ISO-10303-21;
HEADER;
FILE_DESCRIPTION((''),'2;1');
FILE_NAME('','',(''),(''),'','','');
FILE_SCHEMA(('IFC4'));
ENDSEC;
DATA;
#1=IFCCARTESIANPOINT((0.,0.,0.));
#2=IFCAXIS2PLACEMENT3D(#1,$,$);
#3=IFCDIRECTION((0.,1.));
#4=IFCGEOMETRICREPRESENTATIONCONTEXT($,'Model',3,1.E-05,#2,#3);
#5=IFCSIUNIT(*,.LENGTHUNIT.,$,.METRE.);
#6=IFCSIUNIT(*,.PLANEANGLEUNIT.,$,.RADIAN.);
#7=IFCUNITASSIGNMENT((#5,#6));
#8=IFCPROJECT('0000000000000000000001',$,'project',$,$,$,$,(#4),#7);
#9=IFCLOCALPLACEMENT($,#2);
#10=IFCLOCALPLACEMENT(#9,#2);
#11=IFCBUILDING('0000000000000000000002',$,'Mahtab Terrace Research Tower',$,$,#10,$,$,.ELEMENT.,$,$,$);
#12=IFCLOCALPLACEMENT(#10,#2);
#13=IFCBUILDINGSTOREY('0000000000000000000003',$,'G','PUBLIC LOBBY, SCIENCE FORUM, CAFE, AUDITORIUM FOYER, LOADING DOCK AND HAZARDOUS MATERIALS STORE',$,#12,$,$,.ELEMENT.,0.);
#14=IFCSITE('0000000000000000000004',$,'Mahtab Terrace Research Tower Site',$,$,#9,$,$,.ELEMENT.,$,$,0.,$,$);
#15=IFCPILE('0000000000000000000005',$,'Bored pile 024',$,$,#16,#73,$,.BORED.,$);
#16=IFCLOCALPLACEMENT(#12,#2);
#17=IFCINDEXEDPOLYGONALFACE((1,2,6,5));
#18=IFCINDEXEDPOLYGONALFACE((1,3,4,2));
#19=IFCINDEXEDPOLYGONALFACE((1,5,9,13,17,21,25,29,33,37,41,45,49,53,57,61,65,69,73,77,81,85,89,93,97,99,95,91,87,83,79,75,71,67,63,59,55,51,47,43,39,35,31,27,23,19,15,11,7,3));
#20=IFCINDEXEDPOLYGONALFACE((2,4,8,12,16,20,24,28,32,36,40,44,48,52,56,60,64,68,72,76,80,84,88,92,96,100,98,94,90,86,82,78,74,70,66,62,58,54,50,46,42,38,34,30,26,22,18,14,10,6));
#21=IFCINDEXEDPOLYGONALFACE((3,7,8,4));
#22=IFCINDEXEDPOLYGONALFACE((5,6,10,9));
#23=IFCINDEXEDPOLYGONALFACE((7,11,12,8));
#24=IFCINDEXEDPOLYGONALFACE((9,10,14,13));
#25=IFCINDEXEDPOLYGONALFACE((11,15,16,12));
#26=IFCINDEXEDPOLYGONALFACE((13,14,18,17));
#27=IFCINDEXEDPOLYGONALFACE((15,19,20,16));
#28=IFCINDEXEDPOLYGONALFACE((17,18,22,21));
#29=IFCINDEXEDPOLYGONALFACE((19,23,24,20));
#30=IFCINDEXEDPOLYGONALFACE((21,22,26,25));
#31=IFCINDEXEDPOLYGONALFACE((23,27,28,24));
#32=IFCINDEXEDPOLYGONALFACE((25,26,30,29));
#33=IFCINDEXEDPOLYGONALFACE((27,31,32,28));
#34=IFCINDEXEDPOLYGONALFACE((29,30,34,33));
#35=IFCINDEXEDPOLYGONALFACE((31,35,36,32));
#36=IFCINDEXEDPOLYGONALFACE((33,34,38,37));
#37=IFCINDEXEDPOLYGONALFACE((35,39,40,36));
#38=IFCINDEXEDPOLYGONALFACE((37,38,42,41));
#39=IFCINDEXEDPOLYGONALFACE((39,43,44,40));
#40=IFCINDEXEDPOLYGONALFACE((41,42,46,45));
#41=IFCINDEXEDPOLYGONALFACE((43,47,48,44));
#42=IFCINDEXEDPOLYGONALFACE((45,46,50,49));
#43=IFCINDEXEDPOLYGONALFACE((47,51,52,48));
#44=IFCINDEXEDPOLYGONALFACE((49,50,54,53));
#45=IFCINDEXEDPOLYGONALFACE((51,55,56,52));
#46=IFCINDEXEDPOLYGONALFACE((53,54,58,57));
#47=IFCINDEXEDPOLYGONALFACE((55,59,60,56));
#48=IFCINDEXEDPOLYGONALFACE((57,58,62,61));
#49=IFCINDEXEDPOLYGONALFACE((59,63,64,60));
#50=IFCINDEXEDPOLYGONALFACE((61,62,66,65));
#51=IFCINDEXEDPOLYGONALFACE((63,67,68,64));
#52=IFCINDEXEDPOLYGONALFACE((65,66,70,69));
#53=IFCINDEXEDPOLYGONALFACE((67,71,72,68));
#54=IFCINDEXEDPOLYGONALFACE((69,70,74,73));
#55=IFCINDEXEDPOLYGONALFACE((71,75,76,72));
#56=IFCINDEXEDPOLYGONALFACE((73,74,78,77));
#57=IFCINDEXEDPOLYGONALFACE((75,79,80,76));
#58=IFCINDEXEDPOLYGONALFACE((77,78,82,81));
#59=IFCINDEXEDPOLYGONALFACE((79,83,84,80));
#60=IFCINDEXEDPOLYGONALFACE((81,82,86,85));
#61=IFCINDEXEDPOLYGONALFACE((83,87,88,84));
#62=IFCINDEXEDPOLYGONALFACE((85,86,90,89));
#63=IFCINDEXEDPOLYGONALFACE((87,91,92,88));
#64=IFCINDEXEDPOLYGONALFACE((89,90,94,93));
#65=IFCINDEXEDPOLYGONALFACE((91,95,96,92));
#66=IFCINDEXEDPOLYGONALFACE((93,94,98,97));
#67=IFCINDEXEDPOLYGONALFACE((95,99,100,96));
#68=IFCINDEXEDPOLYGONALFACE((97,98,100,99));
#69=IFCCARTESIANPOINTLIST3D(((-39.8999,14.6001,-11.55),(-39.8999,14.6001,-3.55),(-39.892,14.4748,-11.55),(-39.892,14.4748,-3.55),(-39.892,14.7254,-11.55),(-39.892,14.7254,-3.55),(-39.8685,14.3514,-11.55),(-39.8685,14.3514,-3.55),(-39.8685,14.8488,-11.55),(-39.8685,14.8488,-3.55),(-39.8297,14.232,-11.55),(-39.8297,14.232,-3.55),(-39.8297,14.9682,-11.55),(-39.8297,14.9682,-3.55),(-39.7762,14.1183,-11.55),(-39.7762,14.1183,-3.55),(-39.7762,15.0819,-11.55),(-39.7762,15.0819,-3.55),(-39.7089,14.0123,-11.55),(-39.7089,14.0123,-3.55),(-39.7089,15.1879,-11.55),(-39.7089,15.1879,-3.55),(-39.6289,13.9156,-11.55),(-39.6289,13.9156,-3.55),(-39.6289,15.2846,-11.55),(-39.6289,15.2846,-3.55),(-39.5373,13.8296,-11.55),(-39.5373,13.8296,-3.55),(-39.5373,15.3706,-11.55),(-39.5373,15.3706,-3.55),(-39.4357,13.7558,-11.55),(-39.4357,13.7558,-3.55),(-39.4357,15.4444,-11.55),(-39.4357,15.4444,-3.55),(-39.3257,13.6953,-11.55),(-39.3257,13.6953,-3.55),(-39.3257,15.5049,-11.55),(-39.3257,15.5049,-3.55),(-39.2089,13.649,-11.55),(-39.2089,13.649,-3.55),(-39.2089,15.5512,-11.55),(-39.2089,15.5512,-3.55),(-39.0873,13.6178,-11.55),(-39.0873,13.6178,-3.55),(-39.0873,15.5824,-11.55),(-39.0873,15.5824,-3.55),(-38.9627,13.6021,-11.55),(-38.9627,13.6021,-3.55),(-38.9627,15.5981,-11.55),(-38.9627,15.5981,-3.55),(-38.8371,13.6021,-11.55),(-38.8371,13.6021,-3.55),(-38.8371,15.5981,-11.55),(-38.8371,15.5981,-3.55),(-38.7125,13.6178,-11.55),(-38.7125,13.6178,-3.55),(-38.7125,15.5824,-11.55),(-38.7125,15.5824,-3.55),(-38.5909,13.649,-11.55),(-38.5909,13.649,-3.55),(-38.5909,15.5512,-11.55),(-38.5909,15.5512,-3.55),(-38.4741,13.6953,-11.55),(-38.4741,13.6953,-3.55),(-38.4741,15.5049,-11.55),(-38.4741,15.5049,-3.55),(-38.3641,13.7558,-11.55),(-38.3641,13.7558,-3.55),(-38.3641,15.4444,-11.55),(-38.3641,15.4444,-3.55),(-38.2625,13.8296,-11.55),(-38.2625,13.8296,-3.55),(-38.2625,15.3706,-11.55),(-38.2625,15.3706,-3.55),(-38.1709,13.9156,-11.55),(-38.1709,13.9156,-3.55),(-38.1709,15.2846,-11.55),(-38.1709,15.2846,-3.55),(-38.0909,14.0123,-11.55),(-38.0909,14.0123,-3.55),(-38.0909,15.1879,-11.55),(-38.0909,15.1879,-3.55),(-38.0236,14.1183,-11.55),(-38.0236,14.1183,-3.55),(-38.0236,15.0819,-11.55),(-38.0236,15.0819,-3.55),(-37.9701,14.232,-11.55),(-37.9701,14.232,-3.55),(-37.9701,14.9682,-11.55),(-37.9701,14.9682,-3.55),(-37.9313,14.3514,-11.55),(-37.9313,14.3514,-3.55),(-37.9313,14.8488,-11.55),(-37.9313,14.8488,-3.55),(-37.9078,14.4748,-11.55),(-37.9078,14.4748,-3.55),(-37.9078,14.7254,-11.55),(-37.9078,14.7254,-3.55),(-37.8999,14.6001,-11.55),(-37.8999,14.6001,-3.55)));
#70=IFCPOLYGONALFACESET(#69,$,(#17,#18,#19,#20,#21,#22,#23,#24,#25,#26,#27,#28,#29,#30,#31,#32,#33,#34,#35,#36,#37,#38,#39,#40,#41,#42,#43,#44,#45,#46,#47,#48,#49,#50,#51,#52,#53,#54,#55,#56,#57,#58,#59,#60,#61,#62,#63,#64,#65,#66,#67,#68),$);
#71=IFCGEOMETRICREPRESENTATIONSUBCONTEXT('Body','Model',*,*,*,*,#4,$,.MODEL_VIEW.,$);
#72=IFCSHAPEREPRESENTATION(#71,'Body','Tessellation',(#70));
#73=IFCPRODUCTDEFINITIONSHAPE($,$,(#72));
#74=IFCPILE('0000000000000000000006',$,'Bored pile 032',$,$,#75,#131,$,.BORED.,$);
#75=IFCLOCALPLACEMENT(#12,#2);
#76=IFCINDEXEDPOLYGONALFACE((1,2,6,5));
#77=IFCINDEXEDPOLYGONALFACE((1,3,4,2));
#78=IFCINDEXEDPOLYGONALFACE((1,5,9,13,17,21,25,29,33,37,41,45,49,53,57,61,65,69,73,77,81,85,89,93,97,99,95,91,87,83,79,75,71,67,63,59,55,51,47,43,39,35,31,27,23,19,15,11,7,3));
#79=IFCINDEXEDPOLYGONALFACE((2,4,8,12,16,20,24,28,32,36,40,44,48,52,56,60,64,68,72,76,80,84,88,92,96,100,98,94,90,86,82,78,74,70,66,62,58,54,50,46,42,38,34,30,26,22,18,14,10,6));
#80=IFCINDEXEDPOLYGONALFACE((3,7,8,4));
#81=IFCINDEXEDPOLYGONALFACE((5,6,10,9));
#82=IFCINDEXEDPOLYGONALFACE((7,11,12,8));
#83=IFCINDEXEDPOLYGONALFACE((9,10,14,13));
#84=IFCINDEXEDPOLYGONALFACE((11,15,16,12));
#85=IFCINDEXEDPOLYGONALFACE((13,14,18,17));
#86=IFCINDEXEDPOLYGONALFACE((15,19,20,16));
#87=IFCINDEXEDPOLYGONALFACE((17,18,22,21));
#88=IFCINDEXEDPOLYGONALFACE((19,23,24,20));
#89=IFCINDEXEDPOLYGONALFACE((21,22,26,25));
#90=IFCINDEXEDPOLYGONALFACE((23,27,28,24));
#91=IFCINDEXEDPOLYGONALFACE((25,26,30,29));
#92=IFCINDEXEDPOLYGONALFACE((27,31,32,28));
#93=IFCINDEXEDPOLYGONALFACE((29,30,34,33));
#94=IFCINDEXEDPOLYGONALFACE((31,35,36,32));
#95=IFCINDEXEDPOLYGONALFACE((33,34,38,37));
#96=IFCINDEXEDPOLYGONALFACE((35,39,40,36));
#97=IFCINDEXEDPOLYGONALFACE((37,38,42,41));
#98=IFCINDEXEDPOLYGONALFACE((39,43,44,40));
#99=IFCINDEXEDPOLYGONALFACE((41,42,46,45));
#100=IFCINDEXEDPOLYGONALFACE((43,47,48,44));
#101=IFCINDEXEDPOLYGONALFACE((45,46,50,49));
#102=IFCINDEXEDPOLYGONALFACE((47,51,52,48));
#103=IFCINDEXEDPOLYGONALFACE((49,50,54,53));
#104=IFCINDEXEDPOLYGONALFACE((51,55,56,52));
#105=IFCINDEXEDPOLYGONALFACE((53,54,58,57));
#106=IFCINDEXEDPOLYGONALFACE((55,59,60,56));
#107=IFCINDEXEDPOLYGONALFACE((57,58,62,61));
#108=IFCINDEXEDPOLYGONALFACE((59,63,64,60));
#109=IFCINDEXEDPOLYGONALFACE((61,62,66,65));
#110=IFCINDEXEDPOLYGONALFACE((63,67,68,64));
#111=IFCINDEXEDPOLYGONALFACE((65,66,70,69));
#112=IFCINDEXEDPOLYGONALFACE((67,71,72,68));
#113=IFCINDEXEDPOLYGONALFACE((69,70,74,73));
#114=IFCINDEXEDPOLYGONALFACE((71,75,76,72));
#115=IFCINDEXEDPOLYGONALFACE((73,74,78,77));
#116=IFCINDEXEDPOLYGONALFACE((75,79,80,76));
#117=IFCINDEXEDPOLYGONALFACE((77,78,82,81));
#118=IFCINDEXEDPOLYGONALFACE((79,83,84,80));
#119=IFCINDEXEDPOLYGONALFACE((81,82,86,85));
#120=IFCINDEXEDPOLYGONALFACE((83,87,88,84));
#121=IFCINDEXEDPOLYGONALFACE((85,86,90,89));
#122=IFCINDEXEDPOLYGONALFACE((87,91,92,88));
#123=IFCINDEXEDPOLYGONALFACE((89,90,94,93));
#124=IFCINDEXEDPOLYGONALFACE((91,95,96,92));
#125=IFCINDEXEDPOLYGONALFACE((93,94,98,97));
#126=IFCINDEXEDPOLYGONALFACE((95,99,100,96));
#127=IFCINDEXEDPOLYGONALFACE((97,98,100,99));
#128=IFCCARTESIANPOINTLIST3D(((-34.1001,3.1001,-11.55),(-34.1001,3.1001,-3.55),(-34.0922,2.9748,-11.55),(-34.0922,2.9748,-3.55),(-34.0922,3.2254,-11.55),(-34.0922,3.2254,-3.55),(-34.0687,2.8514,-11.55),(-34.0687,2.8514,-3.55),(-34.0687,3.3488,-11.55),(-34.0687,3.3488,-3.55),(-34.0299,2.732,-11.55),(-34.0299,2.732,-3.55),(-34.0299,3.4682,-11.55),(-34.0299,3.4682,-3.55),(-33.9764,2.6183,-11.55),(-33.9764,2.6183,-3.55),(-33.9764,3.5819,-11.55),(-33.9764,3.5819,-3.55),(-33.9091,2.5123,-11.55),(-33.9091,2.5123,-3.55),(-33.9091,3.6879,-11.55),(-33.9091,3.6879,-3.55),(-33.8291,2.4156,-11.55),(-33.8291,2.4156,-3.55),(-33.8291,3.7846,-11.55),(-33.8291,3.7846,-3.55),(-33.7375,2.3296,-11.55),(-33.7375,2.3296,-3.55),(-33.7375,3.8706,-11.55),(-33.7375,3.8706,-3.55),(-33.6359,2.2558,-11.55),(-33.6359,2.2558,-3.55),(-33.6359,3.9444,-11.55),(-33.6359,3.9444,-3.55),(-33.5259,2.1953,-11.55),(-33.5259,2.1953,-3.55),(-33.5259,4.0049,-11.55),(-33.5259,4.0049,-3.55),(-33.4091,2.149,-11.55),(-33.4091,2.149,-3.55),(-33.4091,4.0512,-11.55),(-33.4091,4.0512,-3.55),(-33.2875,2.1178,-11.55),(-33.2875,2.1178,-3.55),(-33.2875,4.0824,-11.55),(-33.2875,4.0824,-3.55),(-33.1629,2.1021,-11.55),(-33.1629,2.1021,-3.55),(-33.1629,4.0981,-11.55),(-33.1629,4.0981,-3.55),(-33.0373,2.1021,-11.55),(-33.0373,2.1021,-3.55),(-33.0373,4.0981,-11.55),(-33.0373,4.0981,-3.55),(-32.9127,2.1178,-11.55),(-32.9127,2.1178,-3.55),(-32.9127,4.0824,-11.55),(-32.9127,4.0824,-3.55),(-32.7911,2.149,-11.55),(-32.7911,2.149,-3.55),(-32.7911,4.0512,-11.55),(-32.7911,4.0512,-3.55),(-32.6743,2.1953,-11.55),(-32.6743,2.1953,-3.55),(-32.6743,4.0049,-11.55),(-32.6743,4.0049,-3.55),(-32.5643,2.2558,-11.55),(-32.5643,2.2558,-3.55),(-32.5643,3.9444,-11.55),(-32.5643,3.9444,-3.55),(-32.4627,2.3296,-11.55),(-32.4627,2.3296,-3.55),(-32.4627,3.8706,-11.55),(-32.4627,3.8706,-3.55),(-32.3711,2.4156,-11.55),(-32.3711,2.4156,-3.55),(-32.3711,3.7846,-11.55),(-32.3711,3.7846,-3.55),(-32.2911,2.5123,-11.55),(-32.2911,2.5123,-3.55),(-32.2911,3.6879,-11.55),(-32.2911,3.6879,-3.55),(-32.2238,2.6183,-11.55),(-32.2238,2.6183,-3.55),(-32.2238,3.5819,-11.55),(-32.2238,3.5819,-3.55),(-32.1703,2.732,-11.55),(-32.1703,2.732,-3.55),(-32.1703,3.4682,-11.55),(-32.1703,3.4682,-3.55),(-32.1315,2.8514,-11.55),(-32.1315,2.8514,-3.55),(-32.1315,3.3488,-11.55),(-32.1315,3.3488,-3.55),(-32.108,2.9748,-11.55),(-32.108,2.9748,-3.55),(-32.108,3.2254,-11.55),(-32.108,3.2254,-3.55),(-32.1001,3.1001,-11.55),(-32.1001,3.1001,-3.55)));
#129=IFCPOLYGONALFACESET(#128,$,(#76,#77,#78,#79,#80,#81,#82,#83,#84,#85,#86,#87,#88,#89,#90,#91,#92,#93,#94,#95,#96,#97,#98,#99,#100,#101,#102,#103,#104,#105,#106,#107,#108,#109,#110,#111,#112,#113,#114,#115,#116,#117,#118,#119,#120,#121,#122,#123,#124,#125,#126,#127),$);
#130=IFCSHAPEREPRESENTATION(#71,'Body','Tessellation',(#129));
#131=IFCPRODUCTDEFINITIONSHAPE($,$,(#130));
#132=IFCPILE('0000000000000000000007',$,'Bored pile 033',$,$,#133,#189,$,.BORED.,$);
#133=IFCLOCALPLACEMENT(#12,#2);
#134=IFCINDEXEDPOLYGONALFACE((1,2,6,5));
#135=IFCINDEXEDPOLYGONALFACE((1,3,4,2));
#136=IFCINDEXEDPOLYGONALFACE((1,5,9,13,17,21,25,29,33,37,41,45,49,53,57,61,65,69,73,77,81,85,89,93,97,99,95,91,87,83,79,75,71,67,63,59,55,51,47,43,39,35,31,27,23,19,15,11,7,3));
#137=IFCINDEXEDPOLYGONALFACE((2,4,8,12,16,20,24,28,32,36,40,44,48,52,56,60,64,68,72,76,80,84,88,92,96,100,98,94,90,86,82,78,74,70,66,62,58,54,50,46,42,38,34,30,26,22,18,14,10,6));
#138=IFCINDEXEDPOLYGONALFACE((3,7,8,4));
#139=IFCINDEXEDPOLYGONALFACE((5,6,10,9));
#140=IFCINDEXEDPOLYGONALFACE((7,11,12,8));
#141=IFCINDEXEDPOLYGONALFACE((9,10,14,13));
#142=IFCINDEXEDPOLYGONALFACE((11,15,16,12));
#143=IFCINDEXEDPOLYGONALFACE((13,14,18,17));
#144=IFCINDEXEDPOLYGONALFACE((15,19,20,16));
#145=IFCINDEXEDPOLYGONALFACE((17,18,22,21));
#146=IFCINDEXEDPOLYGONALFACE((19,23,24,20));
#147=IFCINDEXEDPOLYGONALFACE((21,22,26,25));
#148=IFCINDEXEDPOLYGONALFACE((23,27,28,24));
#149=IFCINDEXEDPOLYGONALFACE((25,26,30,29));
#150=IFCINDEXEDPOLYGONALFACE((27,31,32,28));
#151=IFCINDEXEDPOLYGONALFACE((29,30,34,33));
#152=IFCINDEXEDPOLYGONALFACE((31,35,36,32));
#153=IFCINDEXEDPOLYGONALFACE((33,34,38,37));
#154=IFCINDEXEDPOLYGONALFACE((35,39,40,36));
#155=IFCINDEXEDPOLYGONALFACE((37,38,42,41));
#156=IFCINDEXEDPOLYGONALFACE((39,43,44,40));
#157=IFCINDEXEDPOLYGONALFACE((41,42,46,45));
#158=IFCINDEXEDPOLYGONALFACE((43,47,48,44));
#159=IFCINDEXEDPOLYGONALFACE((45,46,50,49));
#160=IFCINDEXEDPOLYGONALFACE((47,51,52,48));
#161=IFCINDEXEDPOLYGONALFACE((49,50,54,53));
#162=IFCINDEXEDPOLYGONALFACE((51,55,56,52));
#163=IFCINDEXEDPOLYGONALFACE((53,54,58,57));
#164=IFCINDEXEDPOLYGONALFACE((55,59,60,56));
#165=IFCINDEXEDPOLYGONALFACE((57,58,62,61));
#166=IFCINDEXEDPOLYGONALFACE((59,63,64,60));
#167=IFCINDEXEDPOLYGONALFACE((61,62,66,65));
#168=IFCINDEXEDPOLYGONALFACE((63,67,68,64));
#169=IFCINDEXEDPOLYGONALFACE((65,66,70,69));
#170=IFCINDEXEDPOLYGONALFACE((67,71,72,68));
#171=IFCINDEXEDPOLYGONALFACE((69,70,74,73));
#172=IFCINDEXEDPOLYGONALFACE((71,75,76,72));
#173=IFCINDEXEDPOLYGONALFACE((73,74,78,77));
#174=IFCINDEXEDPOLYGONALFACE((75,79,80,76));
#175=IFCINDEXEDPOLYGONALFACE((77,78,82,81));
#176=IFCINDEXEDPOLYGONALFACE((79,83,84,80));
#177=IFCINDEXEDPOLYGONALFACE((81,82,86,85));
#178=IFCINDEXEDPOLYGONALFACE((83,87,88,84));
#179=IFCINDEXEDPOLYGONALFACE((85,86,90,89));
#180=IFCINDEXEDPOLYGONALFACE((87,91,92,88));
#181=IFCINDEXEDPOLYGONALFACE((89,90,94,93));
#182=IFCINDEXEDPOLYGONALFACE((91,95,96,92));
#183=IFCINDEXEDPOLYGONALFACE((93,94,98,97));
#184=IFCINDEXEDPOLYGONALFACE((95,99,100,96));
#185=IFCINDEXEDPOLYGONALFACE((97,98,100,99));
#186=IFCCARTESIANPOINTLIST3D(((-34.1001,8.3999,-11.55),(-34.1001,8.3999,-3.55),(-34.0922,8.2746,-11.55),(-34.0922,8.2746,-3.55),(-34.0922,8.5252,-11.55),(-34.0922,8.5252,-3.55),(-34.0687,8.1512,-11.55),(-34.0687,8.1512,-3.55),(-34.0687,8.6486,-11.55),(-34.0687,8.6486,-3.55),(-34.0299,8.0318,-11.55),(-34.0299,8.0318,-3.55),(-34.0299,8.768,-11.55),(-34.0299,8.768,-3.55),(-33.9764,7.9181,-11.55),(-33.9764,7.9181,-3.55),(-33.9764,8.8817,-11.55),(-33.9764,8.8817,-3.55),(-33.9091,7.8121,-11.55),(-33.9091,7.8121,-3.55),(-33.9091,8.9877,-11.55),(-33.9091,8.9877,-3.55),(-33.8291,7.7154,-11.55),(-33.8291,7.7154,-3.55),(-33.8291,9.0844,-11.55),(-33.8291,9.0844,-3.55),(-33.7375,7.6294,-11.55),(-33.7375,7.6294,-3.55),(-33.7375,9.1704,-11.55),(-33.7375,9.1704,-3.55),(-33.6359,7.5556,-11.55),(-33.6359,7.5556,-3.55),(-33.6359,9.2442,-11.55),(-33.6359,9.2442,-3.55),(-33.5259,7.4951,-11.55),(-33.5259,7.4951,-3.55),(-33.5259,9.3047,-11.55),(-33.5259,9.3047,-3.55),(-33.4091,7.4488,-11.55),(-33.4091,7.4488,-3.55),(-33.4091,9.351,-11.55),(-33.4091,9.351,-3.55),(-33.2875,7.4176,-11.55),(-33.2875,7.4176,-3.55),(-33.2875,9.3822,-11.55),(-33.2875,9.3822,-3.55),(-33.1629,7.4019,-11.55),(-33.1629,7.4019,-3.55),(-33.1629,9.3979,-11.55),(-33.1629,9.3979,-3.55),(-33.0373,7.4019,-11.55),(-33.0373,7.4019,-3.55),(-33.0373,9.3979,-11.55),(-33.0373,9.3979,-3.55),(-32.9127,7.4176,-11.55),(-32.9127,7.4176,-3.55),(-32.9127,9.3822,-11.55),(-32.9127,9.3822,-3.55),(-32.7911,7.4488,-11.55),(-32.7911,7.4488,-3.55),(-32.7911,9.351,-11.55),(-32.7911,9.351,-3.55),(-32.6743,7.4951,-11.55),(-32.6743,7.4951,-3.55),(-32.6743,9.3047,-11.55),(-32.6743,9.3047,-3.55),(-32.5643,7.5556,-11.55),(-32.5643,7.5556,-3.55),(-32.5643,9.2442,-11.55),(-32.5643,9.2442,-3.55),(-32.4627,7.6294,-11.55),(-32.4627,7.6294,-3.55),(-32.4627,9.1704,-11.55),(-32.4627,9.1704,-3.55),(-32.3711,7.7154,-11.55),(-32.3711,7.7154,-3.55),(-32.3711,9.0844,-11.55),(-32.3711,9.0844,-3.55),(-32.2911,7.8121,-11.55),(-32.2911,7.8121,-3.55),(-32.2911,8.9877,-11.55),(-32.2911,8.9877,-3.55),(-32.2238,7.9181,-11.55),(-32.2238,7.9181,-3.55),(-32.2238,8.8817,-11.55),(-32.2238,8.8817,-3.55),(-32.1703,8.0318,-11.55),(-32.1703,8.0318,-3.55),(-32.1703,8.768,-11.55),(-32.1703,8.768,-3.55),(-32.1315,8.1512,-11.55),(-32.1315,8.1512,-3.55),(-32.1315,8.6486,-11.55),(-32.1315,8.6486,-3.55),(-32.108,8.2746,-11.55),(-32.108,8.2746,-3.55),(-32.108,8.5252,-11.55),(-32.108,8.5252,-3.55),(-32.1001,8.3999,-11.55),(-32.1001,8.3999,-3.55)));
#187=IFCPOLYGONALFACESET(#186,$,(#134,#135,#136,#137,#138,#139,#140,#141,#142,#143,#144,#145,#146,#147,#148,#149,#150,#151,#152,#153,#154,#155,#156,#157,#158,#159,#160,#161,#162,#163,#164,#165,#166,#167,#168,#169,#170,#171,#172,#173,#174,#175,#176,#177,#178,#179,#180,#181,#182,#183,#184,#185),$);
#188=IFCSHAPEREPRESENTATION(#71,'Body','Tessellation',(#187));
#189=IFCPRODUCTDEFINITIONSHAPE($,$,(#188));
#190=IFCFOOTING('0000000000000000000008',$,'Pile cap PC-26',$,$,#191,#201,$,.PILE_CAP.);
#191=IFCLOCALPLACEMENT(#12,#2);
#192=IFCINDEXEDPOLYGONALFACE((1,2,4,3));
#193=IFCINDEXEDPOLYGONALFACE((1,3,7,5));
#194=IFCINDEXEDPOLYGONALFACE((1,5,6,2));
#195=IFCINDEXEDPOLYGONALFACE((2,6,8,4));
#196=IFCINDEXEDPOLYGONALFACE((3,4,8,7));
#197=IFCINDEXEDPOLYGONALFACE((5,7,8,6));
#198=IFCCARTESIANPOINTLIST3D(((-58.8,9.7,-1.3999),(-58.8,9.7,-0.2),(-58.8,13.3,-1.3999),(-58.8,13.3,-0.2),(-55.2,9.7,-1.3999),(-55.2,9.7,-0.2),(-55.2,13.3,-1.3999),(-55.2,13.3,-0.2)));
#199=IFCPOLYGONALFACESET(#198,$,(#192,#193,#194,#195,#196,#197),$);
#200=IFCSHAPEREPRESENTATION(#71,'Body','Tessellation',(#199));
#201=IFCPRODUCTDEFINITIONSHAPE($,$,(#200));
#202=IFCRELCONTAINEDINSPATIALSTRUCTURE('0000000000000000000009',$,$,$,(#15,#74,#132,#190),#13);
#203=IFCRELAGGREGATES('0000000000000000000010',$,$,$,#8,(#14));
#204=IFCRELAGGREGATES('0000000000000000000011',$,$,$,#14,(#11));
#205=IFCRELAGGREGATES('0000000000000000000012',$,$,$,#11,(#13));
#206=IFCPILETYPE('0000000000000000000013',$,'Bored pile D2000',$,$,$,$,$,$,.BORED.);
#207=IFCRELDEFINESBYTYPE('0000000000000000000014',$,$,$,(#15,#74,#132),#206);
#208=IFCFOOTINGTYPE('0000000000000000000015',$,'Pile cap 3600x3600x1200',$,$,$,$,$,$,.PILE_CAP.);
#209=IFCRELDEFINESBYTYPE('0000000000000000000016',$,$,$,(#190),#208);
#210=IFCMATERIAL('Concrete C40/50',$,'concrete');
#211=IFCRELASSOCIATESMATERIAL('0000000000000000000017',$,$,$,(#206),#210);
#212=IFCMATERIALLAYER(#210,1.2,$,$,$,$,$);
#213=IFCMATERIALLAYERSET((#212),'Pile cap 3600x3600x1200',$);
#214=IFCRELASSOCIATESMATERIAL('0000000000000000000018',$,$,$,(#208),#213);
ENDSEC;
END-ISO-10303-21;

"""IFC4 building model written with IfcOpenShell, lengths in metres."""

from ifc_helpers import new_model, si_unit, direction, frame, origin, origin_2d, place, context, subcontext, project, spatial, rectangle, circle, extrude, material, layer, layer_set, material_profile, profile_set, type_object, element, save


model = new_model("IFC4")

# Units and contexts
model_context = context("Model", 3, precision=1e-05, world=origin(), true_north=direction((0.0, 1.0)))
body_context = subcontext(model_context, "Body", "Model", "MODEL_VIEW")
ifc_project = project(units=[si_unit("LENGTHUNIT", "METRE"), si_unit("PLANEANGLEUNIT", "RADIAN")], contexts=[model_context])

# Site, building, storey
site_placement = place(None, origin())
site = spatial("IfcSite", under=ifc_project, at=site_placement, Name="Mahtab Terrace Research Tower Site", CompositionType="ELEMENT", RefElevation=0.0)
building_placement = place(site_placement, origin())
building = spatial("IfcBuilding", under=site, at=building_placement, Name="Mahtab Terrace Research Tower", CompositionType="ELEMENT")
storey_placement = place(building_placement, origin())
storey = spatial("IfcBuildingStorey", under=building, at=storey_placement, Name="G", Description="PUBLIC LOBBY, SCIENCE FORUM, CAFE, AUDITORIUM FOYER, LOADING DOCK AND HAZARDOUS MATERIALS STORE", CompositionType="ELEMENT", Elevation=0.0)

# Piles
ifc_material_1 = material(Name="Concrete C40/50", Category="concrete")
ifc_material_profile_1 = material_profile(ifc_material_1, circle(Radius=1.0, at=origin_2d()), Name="Bored pile D2000")
ifc_profile_set_1 = profile_set([ifc_material_profile_1], Name="Concrete C40/50")
pile_type_1 = type_object("IfcPileType", Name="Bored pile D2000", PredefinedType="BORED", material=ifc_profile_set_1)
for number, where, z_axis, x_axis, name in (
    (1, (-38.8999, 14.6001, -3.55), (0.0, 0.0, -1.0), (1.0, 0.0, 0.0), "Bored pile 024"),
    (2, (-33.1001, 3.1001, -3.55), (0.0, 0.0, -1.0), (1.0, 0.0, 0.0), "Bored pile 032"),
    (3, (-33.1001, 8.3999, -3.55), (0.0, 0.0, -1.0), (1.0, 0.0, 0.0), "Bored pile 033"),
):
    element("IfcPile", number, at=place(storey_placement, frame(where, z_axis=z_axis, x_axis=x_axis)), inside=storey, type_object=pile_type_1, Name=name, PredefinedType="BORED", context=body_context, shape_type="SweptSolid", body=[
        extrude(circle(Radius=1.0, at=origin_2d()), origin(), (0.0, 0.0, 1.0), 8.0),
    ])

# Footing
ifc_layer_1 = layer(ifc_material_1, 1.2)
ifc_layer_set_1 = layer_set([ifc_layer_1], Name="Pile cap 3600x3600x1200")
footing_type = type_object("IfcFootingType", Name="Pile cap 3600x3600x1200", PredefinedType="PILE_CAP", material=ifc_layer_set_1)
footing_placement = place(storey_placement, frame((-57.0, 11.5, -1.3999), z_axis=(0.0, 0.0, 1.0), x_axis=(1.0, 0.0, 0.0)))
element("IfcFooting", 4, at=footing_placement, inside=storey, type_object=footing_type, Name="Pile cap PC-26", PredefinedType="PILE_CAP", context=body_context, shape_type="SweptSolid", body=[
    extrude(rectangle(XDim=3.6001, YDim=3.6001, at=origin_2d()), origin(), (0.0, 0.0, 1.0), 1.2),
])

save(model, "model.ifc")
